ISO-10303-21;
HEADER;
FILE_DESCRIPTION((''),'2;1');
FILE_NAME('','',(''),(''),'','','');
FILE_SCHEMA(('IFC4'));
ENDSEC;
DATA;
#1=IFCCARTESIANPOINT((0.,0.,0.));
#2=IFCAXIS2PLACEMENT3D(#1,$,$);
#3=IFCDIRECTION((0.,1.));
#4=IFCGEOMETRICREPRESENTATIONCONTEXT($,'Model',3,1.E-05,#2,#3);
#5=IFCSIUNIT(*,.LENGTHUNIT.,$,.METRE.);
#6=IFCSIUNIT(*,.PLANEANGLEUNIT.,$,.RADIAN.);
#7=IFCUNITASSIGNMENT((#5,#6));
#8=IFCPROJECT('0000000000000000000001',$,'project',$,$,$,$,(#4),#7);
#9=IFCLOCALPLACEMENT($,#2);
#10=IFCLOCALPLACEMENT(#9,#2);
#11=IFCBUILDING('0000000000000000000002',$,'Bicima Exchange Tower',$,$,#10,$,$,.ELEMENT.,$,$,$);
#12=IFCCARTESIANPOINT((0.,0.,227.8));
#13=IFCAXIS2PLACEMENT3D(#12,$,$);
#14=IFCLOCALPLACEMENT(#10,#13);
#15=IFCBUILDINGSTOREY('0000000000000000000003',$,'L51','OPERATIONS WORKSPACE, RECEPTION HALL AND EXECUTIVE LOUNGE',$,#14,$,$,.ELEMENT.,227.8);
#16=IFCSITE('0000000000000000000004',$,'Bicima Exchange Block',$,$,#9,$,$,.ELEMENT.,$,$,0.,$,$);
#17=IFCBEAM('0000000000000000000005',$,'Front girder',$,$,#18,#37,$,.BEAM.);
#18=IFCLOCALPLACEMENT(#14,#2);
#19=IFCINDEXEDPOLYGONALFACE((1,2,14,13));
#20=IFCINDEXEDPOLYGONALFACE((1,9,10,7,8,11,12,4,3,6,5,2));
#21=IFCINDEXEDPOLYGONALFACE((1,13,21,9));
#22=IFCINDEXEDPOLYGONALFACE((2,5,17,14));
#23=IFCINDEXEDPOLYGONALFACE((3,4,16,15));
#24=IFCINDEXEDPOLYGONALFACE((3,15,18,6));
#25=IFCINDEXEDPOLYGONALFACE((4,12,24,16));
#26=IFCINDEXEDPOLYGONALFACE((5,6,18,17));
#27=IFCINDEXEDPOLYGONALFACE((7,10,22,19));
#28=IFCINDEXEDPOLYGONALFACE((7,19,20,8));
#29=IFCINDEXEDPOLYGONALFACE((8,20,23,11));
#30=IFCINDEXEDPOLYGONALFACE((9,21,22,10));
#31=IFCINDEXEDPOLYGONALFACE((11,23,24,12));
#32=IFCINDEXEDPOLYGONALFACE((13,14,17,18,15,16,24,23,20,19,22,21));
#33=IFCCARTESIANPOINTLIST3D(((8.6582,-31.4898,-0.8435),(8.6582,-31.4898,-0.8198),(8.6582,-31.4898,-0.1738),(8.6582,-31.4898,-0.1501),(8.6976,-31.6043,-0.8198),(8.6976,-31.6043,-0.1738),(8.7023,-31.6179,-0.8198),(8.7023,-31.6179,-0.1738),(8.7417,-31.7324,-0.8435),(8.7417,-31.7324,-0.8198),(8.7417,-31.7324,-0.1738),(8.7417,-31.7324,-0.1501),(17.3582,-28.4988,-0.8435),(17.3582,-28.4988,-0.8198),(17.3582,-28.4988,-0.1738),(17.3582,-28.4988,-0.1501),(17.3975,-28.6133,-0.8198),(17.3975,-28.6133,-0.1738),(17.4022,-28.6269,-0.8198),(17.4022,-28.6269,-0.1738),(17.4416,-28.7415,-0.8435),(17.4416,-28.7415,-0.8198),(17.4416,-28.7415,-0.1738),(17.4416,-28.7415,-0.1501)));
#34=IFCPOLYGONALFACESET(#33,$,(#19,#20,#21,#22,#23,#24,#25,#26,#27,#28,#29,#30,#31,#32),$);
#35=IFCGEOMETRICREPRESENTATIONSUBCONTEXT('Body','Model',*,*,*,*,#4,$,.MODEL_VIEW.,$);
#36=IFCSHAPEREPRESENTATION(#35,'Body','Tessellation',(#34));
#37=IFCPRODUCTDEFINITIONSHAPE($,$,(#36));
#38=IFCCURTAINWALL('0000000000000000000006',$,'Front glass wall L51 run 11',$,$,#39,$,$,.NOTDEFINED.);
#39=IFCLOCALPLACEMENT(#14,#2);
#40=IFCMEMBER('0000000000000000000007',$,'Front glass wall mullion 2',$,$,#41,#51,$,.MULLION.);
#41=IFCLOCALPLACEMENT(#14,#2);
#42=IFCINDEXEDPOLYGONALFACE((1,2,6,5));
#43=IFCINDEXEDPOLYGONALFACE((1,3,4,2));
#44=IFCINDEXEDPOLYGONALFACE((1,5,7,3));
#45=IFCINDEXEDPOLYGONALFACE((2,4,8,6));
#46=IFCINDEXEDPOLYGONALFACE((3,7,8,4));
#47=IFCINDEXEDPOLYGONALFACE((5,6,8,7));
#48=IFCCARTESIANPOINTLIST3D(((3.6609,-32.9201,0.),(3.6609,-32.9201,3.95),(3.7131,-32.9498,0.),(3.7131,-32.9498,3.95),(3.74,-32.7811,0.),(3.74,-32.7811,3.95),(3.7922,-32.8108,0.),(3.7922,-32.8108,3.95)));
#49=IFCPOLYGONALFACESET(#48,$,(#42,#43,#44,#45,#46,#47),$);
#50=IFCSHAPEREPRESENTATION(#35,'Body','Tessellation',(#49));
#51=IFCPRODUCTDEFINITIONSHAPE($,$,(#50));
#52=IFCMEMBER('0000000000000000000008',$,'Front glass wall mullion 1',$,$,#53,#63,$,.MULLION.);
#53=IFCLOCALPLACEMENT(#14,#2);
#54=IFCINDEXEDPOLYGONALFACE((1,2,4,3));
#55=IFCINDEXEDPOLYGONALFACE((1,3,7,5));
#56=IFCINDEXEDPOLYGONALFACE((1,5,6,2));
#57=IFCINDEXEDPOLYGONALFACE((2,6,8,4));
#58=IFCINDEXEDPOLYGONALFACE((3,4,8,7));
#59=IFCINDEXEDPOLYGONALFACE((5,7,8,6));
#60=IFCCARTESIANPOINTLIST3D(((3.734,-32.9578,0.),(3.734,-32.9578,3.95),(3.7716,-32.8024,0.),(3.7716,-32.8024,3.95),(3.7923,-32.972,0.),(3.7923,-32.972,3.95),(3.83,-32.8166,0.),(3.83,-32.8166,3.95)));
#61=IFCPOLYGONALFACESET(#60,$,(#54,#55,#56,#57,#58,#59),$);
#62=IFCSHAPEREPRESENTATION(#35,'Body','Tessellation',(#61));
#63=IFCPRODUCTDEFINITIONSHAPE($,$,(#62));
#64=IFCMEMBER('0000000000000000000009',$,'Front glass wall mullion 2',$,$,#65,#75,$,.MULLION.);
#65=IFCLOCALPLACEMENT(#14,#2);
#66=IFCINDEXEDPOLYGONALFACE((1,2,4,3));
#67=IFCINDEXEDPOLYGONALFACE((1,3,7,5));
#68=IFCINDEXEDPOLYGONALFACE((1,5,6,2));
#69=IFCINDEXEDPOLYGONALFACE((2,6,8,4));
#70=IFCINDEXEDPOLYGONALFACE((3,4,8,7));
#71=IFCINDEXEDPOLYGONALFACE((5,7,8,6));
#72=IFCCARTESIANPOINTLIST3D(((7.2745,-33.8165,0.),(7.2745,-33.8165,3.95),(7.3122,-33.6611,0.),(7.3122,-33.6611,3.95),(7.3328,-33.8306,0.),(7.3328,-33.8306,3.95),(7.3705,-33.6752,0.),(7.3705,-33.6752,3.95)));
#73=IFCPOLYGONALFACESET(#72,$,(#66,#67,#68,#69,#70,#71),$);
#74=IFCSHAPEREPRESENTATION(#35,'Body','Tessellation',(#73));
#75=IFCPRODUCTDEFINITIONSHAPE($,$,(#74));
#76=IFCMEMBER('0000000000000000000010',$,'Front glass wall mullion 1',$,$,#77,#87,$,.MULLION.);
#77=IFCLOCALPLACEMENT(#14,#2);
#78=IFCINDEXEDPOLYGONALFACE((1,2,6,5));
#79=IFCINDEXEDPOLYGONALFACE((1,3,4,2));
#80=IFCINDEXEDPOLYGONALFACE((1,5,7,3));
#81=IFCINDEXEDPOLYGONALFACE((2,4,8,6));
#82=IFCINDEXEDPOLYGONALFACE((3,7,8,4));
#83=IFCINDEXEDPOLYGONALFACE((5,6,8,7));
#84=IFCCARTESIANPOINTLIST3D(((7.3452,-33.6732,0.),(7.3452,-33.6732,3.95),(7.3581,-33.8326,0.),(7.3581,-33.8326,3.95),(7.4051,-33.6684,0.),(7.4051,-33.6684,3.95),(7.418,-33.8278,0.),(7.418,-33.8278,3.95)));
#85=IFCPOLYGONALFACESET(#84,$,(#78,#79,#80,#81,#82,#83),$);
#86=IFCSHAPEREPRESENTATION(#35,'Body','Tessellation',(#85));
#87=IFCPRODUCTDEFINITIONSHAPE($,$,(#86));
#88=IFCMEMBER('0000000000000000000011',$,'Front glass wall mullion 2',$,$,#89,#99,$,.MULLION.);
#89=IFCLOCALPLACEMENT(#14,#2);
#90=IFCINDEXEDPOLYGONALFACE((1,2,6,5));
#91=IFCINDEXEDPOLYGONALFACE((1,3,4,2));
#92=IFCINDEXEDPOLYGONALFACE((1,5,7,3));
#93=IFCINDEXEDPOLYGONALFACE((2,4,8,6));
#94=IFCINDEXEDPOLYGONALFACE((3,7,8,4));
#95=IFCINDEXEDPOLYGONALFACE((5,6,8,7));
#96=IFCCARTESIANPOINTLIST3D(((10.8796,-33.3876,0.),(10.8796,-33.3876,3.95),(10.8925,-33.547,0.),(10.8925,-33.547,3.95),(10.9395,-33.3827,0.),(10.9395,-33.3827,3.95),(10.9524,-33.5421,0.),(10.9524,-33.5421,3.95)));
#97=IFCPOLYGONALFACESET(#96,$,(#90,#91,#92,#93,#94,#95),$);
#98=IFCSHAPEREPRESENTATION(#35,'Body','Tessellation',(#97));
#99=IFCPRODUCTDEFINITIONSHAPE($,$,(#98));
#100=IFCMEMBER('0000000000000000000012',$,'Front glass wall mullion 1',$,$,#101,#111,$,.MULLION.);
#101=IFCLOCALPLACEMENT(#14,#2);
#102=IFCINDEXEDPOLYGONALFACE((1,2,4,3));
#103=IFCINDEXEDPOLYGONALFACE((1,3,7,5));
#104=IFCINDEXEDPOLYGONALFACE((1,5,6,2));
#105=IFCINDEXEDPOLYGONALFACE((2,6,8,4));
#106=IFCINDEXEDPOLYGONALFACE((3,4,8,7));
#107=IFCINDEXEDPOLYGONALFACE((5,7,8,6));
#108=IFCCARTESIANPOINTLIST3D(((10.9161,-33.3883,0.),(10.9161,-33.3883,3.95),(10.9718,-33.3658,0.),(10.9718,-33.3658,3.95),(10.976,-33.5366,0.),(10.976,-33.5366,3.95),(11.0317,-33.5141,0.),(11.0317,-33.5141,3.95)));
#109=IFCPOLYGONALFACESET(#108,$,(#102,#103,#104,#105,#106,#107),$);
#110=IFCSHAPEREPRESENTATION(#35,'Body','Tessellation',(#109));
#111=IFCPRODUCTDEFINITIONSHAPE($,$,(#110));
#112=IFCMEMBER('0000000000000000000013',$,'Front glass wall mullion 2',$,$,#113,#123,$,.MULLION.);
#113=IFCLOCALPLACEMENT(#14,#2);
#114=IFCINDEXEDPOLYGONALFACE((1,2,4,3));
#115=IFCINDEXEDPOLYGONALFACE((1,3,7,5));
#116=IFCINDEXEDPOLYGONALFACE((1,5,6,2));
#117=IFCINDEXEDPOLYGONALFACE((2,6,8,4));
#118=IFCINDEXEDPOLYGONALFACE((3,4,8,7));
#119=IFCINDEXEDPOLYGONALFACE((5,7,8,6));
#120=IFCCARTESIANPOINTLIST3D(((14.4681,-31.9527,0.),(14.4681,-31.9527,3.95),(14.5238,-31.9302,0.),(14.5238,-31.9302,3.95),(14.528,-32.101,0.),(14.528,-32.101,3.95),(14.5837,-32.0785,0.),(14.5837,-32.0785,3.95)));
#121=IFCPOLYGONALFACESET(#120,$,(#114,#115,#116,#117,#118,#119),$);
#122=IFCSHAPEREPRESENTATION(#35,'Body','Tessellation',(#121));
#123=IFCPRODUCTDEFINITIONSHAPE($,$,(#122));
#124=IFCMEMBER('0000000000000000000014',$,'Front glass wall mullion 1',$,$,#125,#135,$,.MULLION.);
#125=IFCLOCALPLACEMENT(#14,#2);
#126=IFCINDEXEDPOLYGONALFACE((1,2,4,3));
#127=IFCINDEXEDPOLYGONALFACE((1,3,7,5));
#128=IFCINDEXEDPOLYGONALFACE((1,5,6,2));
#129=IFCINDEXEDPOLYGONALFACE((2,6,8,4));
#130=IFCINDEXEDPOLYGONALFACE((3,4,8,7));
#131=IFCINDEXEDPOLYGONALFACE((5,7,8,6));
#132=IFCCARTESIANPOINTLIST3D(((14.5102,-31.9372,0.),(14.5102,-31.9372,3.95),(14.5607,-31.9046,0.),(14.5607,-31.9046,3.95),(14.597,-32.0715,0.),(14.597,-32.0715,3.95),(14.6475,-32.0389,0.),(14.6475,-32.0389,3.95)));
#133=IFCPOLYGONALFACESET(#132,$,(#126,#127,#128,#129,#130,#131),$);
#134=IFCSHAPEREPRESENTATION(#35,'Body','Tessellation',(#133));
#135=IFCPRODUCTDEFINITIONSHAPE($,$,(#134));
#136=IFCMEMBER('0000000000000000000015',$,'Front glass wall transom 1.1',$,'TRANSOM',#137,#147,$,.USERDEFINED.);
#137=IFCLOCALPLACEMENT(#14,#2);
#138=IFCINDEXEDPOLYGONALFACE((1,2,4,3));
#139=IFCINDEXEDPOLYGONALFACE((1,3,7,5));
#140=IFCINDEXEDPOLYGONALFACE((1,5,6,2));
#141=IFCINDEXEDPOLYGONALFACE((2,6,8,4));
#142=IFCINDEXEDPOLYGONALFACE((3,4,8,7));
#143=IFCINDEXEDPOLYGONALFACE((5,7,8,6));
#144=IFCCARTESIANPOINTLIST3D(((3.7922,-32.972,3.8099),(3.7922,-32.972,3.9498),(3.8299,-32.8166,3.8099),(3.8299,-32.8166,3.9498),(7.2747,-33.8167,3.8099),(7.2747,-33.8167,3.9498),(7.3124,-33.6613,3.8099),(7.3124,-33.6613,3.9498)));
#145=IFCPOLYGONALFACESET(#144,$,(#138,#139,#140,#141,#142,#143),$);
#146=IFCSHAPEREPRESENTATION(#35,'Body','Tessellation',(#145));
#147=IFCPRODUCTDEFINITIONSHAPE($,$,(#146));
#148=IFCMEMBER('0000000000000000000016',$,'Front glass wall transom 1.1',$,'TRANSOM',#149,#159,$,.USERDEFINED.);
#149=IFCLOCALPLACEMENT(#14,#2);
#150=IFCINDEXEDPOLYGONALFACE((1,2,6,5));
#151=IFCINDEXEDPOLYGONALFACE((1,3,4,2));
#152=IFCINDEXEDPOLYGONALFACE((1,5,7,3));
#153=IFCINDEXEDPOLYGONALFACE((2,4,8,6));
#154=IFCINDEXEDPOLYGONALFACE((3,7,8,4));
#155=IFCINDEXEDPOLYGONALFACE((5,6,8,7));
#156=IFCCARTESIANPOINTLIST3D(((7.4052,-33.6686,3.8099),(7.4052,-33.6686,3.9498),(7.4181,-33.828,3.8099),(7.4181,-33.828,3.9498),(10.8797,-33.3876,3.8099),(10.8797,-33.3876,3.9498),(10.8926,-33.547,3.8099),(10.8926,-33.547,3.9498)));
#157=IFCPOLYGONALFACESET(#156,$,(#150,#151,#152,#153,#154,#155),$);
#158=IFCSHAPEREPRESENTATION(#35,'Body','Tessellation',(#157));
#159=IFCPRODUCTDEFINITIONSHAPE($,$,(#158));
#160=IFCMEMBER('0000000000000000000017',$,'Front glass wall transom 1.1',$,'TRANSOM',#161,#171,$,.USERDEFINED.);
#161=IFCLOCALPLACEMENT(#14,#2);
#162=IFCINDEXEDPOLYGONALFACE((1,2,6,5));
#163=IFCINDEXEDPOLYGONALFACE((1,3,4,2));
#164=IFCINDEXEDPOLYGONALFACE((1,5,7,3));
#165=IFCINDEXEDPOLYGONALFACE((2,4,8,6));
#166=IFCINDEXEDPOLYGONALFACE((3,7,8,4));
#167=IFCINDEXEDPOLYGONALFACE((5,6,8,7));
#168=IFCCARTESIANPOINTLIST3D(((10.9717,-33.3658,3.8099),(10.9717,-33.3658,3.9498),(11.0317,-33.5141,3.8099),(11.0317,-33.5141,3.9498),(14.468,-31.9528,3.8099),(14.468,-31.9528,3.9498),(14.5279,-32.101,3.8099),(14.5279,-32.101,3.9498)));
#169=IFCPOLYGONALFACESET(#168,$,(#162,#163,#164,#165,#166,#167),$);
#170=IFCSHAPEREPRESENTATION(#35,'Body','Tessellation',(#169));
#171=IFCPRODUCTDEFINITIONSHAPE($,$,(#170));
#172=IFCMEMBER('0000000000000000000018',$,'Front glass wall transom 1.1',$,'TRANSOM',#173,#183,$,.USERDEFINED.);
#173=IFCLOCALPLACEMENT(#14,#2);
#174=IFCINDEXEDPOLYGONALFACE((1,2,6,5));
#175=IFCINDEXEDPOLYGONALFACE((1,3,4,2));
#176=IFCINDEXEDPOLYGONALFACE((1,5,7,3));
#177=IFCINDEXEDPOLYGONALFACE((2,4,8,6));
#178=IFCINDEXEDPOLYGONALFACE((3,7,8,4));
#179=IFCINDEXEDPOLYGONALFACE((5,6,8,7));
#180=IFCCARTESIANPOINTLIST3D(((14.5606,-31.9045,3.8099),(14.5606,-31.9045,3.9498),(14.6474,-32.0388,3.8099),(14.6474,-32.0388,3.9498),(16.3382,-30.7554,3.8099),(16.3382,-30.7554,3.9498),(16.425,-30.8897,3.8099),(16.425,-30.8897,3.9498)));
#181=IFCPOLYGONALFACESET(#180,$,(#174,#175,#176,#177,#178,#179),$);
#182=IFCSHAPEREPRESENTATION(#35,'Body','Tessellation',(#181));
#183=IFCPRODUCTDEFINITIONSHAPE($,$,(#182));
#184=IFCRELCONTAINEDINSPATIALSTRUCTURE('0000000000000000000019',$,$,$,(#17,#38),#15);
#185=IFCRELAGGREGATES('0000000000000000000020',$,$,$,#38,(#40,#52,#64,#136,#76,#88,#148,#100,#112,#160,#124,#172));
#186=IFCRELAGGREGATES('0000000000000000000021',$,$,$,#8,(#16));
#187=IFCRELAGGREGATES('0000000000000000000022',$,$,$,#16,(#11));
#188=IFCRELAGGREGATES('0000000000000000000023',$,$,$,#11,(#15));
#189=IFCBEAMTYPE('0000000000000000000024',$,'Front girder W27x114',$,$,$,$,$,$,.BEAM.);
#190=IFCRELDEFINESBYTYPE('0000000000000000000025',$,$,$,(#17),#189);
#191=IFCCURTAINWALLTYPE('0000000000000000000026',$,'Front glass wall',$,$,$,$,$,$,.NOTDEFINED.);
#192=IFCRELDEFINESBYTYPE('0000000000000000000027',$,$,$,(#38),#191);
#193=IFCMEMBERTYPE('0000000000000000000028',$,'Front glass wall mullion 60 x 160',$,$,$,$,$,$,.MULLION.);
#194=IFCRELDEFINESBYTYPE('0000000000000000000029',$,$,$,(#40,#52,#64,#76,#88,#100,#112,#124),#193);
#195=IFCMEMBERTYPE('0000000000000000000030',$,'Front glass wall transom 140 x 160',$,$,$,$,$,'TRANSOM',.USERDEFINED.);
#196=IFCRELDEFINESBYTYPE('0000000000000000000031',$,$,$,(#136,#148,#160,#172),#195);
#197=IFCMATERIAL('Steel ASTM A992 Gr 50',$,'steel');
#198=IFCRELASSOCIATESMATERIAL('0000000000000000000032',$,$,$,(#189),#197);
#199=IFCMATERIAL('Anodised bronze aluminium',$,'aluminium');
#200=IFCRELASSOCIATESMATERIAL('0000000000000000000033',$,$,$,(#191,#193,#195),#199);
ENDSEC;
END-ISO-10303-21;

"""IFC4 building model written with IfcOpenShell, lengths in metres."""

from ifc_helpers import new_model, si_unit, direction, frame, origin, origin_2d, place, context, subcontext, project, spatial, rectangle, i_section, extrude, material, material_profile, profile_set, type_object, element, aggregate, save


model = new_model("IFC4")

# Units and contexts
model_context = context("Model", 3, precision=1e-05, world=origin(), true_north=direction((0.0, 1.0)))
body_context = subcontext(model_context, "Body", "Model", "MODEL_VIEW")
ifc_project = project(units=[si_unit("LENGTHUNIT", "METRE"), si_unit("PLANEANGLEUNIT", "RADIAN")], contexts=[model_context])

# Site, building, storey
site_placement = place(None, origin())
site = spatial("IfcSite", under=ifc_project, at=site_placement, Name="Bicima Exchange Block", CompositionType="ELEMENT", RefElevation=0.0)
building_placement = place(site_placement, origin())
building = spatial("IfcBuilding", under=site, at=building_placement, Name="Bicima Exchange Tower", CompositionType="ELEMENT")
storey_placement = place(building_placement, frame((0.0, 0.0, 227.8)))
storey = spatial("IfcBuildingStorey", under=building, at=storey_placement, Name="L51", Description="OPERATIONS WORKSPACE, RECEPTION HALL AND EXECUTIVE LOUNGE", CompositionType="ELEMENT", Elevation=227.8)

# Beam
ifc_material_1 = material(Name="Steel ASTM A992 Gr 50", Category="steel")
ifc_material_profile_1 = material_profile(ifc_material_1, i_section(OverallWidth=0.2566, OverallDepth=0.6934, WebThickness=0.0144, FlangeThickness=0.0237, at=origin_2d()))
ifc_profile_set_1 = profile_set([ifc_material_profile_1], Name="Steel ASTM A992 Gr 50")
beam_type = type_object("IfcBeamType", Name="Front girder W27x114", PredefinedType="BEAM", material=ifc_profile_set_1)
beam_placement = place(storey_placement, frame((8.7, -31.6111, -0.4968), z_axis=(0.945675, 0.325115, 0.0), x_axis=(-0.325115, 0.945675, 0.0)))
element("IfcBeam", 1, at=beam_placement, inside=storey, type_object=beam_type, Name="Front girder", PredefinedType="BEAM", context=body_context, shape_type="SweptSolid", body=[
    extrude(i_section(OverallWidth=0.2566, OverallDepth=0.6934, WebThickness=0.0144, FlangeThickness=0.0237, at=origin_2d()), origin(), (0.0, 0.0, 1.0), 9.1997),
])

# Curtain wall, members
ifc_material_2 = material(Name="Anodised bronze aluminium", Category="aluminium")
curtain_wall_type = type_object("IfcCurtainWallType", Name="Front glass wall", PredefinedType="NOTDEFINED", material=ifc_material_2)
curtain_wall_placement = place(storey_placement, origin())
curtain_wall = element("IfcCurtainWall", 2, at=curtain_wall_placement, inside=storey, type_object=curtain_wall_type, Name="Front glass wall L51 run 11", PredefinedType="NOTDEFINED")
ifc_material_profile_2 = material_profile(ifc_material_2, rectangle(XDim=0.1599, YDim=0.0601, at=origin_2d()))
ifc_profile_set_2 = profile_set([ifc_material_profile_2], Name="Anodised bronze aluminium")
member_type_1 = type_object("IfcMemberType", Name="Front glass wall mullion 60 x 160", PredefinedType="MULLION", material=ifc_profile_set_2)
member_1_placement = place(storey_placement, frame((3.7266, -32.8655, 0.0), z_axis=(0.0, 0.0, 1.0), x_axis=(0.49433, 0.869274, 0.0)))
member_1 = element("IfcMember", 3, at=member_1_placement, type_object=member_type_1, Name="Front glass wall mullion 2", PredefinedType="MULLION", context=body_context, shape_type="SweptSolid", body=[
    extrude(rectangle(XDim=0.1599, YDim=0.0601, at=origin_2d()), origin(), (0.0, 0.0, 1.0), 3.95),
])
member_2_placement = place(storey_placement, frame((3.782, -32.8872, 0.0), z_axis=(0.0, 0.0, 1.0), x_axis=(0.235682, 0.97183, 0.0)))
member_2 = element("IfcMember", 4, at=member_2_placement, type_object=member_type_1, Name="Front glass wall mullion 1", PredefinedType="MULLION", context=body_context, shape_type="SweptSolid", body=[
    extrude(rectangle(XDim=0.1599, YDim=0.0601, at=origin_2d()), origin(), (0.0, 0.0, 1.0), 3.95),
])
member_3_placement = place(storey_placement, frame((7.3225, -33.7458, 0.0), z_axis=(0.0, 0.0, 1.0), x_axis=(0.235682, 0.97183, 0.0)))
member_3 = element("IfcMember", 5, at=member_3_placement, type_object=member_type_1, Name="Front glass wall mullion 2", PredefinedType="MULLION", context=body_context, shape_type="SweptSolid", body=[
    extrude(rectangle(XDim=0.1599, YDim=0.0601, at=origin_2d()), origin(), (0.0, 0.0, 1.0), 3.95),
])
member_4_placement = place(storey_placement, frame((7.3816, -33.7505, 0.0), z_axis=(0.0, 0.0, 1.0), x_axis=(-0.080589, 0.996747, 0.0)))
member_4 = element("IfcMember", 6, at=member_4_placement, type_object=member_type_1, Name="Front glass wall mullion 1", PredefinedType="MULLION", context=body_context, shape_type="SweptSolid", body=[
    extrude(rectangle(XDim=0.1599, YDim=0.0601, at=origin_2d()), origin(), (0.0, 0.0, 1.0), 3.95),
])
member_5_placement = place(storey_placement, frame((10.916, -33.4648, 0.0), z_axis=(0.0, 0.0, 1.0), x_axis=(-0.080589, 0.996747, 0.0)))
member_5 = element("IfcMember", 7, at=member_5_placement, type_object=member_type_1, Name="Front glass wall mullion 2", PredefinedType="MULLION", context=body_context, shape_type="SweptSolid", body=[
    extrude(rectangle(XDim=0.1599, YDim=0.0601, at=origin_2d()), origin(), (0.0, 0.0, 1.0), 3.95),
])
member_6_placement = place(storey_placement, frame((10.9739, -33.4512, 0.0), z_axis=(0.0, 0.0, 1.0), x_axis=(-0.374705, 0.927144, 0.0)))
member_6 = element("IfcMember", 8, at=member_6_placement, type_object=member_type_1, Name="Front glass wall mullion 1", PredefinedType="MULLION", context=body_context, shape_type="SweptSolid", body=[
    extrude(rectangle(XDim=0.1599, YDim=0.0601, at=origin_2d()), origin(), (0.0, 0.0, 1.0), 3.95),
])
member_7_placement = place(storey_placement, frame((14.5259, -32.0156, 0.0), z_axis=(0.0, 0.0, 1.0), x_axis=(-0.374705, 0.927144, 0.0)))
member_7 = element("IfcMember", 9, at=member_7_placement, type_object=member_type_1, Name="Front glass wall mullion 2", PredefinedType="MULLION", context=body_context, shape_type="SweptSolid", body=[
    extrude(rectangle(XDim=0.1599, YDim=0.0601, at=origin_2d()), origin(), (0.0, 0.0, 1.0), 3.95),
])
member_8_placement = place(storey_placement, frame((14.5789, -31.988, 0.0), z_axis=(0.0, 0.0, 1.0), x_axis=(-0.542909, 0.839791, 0.0)))
member_8 = element("IfcMember", 10, at=member_8_placement, type_object=member_type_1, Name="Front glass wall mullion 1", PredefinedType="MULLION", context=body_context, shape_type="SweptSolid", body=[
    extrude(rectangle(XDim=0.1599, YDim=0.0601, at=origin_2d()), origin(), (0.0, 0.0, 1.0), 3.95),
])
ifc_material_profile_3 = material_profile(ifc_material_2, rectangle(XDim=0.1599, YDim=0.1399, at=origin_2d()))
ifc_profile_set_3 = profile_set([ifc_material_profile_3], Name="Anodised bronze aluminium")
member_type_2 = type_object("IfcMemberType", Name="Front glass wall transom 140 x 160", ElementType="TRANSOM", PredefinedType="USERDEFINED", material=ifc_profile_set_3)
member_9_placement = place(storey_placement, frame((3.811, -32.8943, 3.8799), z_axis=(0.971818, -0.235733, 0.0), x_axis=(0.235733, 0.971818, 0.0)))
member_9 = element("IfcMember", 11, at=member_9_placement, type_object=member_type_2, Name="Front glass wall transom 1.1", ObjectType="TRANSOM", PredefinedType="USERDEFINED", context=body_context, shape_type="SweptSolid", body=[
    extrude(rectangle(XDim=0.1599, YDim=0.1399, at=origin_2d()), origin(), (0.0, 0.0, 1.0), 3.5835),
])
member_10_placement = place(storey_placement, frame((7.4116, -33.7483, 3.8799), z_axis=(0.996746, 0.080611, 0.0), x_axis=(-0.080611, 0.996746, 0.0)))
member_10 = element("IfcMember", 12, at=member_10_placement, type_object=member_type_2, Name="Front glass wall transom 1.1", ObjectType="TRANSOM", PredefinedType="USERDEFINED", context=body_context, shape_type="SweptSolid", body=[
    extrude(rectangle(XDim=0.1599, YDim=0.1399, at=origin_2d()), origin(), (0.0, 0.0, 1.0), 3.4858),
])
member_11_placement = place(storey_placement, frame((11.0017, -33.4399, 3.8799), z_axis=(0.92714, 0.374715, 0.0), x_axis=(-0.374715, 0.92714, 0.0)))
member_11 = element("IfcMember", 13, at=member_11_placement, type_object=member_type_2, Name="Front glass wall transom 1.1", ObjectType="TRANSOM", PredefinedType="USERDEFINED", context=body_context, shape_type="SweptSolid", body=[
    extrude(rectangle(XDim=0.1599, YDim=0.1399, at=origin_2d()), origin(), (0.0, 0.0, 1.0), 3.771),
])
member_12_placement = place(storey_placement, frame((14.604, -31.9717, 3.8799), z_axis=(0.839793, 0.542907, 0.0), x_axis=(-0.542907, 0.839793, 0.0)))
member_12 = element("IfcMember", 14, at=member_12_placement, type_object=member_type_2, Name="Front glass wall transom 1.1", ObjectType="TRANSOM", PredefinedType="USERDEFINED", context=body_context, shape_type="SweptSolid", body=[
    extrude(rectangle(XDim=0.1599, YDim=0.1399, at=origin_2d()), origin(), (0.0, 0.0, 1.0), 2.1167),
])

aggregate(curtain_wall, [member_1, member_2, member_3, member_9, member_4, member_5, member_10, member_6, member_7, member_11, member_8, member_12])

save(model, "model.ifc")
